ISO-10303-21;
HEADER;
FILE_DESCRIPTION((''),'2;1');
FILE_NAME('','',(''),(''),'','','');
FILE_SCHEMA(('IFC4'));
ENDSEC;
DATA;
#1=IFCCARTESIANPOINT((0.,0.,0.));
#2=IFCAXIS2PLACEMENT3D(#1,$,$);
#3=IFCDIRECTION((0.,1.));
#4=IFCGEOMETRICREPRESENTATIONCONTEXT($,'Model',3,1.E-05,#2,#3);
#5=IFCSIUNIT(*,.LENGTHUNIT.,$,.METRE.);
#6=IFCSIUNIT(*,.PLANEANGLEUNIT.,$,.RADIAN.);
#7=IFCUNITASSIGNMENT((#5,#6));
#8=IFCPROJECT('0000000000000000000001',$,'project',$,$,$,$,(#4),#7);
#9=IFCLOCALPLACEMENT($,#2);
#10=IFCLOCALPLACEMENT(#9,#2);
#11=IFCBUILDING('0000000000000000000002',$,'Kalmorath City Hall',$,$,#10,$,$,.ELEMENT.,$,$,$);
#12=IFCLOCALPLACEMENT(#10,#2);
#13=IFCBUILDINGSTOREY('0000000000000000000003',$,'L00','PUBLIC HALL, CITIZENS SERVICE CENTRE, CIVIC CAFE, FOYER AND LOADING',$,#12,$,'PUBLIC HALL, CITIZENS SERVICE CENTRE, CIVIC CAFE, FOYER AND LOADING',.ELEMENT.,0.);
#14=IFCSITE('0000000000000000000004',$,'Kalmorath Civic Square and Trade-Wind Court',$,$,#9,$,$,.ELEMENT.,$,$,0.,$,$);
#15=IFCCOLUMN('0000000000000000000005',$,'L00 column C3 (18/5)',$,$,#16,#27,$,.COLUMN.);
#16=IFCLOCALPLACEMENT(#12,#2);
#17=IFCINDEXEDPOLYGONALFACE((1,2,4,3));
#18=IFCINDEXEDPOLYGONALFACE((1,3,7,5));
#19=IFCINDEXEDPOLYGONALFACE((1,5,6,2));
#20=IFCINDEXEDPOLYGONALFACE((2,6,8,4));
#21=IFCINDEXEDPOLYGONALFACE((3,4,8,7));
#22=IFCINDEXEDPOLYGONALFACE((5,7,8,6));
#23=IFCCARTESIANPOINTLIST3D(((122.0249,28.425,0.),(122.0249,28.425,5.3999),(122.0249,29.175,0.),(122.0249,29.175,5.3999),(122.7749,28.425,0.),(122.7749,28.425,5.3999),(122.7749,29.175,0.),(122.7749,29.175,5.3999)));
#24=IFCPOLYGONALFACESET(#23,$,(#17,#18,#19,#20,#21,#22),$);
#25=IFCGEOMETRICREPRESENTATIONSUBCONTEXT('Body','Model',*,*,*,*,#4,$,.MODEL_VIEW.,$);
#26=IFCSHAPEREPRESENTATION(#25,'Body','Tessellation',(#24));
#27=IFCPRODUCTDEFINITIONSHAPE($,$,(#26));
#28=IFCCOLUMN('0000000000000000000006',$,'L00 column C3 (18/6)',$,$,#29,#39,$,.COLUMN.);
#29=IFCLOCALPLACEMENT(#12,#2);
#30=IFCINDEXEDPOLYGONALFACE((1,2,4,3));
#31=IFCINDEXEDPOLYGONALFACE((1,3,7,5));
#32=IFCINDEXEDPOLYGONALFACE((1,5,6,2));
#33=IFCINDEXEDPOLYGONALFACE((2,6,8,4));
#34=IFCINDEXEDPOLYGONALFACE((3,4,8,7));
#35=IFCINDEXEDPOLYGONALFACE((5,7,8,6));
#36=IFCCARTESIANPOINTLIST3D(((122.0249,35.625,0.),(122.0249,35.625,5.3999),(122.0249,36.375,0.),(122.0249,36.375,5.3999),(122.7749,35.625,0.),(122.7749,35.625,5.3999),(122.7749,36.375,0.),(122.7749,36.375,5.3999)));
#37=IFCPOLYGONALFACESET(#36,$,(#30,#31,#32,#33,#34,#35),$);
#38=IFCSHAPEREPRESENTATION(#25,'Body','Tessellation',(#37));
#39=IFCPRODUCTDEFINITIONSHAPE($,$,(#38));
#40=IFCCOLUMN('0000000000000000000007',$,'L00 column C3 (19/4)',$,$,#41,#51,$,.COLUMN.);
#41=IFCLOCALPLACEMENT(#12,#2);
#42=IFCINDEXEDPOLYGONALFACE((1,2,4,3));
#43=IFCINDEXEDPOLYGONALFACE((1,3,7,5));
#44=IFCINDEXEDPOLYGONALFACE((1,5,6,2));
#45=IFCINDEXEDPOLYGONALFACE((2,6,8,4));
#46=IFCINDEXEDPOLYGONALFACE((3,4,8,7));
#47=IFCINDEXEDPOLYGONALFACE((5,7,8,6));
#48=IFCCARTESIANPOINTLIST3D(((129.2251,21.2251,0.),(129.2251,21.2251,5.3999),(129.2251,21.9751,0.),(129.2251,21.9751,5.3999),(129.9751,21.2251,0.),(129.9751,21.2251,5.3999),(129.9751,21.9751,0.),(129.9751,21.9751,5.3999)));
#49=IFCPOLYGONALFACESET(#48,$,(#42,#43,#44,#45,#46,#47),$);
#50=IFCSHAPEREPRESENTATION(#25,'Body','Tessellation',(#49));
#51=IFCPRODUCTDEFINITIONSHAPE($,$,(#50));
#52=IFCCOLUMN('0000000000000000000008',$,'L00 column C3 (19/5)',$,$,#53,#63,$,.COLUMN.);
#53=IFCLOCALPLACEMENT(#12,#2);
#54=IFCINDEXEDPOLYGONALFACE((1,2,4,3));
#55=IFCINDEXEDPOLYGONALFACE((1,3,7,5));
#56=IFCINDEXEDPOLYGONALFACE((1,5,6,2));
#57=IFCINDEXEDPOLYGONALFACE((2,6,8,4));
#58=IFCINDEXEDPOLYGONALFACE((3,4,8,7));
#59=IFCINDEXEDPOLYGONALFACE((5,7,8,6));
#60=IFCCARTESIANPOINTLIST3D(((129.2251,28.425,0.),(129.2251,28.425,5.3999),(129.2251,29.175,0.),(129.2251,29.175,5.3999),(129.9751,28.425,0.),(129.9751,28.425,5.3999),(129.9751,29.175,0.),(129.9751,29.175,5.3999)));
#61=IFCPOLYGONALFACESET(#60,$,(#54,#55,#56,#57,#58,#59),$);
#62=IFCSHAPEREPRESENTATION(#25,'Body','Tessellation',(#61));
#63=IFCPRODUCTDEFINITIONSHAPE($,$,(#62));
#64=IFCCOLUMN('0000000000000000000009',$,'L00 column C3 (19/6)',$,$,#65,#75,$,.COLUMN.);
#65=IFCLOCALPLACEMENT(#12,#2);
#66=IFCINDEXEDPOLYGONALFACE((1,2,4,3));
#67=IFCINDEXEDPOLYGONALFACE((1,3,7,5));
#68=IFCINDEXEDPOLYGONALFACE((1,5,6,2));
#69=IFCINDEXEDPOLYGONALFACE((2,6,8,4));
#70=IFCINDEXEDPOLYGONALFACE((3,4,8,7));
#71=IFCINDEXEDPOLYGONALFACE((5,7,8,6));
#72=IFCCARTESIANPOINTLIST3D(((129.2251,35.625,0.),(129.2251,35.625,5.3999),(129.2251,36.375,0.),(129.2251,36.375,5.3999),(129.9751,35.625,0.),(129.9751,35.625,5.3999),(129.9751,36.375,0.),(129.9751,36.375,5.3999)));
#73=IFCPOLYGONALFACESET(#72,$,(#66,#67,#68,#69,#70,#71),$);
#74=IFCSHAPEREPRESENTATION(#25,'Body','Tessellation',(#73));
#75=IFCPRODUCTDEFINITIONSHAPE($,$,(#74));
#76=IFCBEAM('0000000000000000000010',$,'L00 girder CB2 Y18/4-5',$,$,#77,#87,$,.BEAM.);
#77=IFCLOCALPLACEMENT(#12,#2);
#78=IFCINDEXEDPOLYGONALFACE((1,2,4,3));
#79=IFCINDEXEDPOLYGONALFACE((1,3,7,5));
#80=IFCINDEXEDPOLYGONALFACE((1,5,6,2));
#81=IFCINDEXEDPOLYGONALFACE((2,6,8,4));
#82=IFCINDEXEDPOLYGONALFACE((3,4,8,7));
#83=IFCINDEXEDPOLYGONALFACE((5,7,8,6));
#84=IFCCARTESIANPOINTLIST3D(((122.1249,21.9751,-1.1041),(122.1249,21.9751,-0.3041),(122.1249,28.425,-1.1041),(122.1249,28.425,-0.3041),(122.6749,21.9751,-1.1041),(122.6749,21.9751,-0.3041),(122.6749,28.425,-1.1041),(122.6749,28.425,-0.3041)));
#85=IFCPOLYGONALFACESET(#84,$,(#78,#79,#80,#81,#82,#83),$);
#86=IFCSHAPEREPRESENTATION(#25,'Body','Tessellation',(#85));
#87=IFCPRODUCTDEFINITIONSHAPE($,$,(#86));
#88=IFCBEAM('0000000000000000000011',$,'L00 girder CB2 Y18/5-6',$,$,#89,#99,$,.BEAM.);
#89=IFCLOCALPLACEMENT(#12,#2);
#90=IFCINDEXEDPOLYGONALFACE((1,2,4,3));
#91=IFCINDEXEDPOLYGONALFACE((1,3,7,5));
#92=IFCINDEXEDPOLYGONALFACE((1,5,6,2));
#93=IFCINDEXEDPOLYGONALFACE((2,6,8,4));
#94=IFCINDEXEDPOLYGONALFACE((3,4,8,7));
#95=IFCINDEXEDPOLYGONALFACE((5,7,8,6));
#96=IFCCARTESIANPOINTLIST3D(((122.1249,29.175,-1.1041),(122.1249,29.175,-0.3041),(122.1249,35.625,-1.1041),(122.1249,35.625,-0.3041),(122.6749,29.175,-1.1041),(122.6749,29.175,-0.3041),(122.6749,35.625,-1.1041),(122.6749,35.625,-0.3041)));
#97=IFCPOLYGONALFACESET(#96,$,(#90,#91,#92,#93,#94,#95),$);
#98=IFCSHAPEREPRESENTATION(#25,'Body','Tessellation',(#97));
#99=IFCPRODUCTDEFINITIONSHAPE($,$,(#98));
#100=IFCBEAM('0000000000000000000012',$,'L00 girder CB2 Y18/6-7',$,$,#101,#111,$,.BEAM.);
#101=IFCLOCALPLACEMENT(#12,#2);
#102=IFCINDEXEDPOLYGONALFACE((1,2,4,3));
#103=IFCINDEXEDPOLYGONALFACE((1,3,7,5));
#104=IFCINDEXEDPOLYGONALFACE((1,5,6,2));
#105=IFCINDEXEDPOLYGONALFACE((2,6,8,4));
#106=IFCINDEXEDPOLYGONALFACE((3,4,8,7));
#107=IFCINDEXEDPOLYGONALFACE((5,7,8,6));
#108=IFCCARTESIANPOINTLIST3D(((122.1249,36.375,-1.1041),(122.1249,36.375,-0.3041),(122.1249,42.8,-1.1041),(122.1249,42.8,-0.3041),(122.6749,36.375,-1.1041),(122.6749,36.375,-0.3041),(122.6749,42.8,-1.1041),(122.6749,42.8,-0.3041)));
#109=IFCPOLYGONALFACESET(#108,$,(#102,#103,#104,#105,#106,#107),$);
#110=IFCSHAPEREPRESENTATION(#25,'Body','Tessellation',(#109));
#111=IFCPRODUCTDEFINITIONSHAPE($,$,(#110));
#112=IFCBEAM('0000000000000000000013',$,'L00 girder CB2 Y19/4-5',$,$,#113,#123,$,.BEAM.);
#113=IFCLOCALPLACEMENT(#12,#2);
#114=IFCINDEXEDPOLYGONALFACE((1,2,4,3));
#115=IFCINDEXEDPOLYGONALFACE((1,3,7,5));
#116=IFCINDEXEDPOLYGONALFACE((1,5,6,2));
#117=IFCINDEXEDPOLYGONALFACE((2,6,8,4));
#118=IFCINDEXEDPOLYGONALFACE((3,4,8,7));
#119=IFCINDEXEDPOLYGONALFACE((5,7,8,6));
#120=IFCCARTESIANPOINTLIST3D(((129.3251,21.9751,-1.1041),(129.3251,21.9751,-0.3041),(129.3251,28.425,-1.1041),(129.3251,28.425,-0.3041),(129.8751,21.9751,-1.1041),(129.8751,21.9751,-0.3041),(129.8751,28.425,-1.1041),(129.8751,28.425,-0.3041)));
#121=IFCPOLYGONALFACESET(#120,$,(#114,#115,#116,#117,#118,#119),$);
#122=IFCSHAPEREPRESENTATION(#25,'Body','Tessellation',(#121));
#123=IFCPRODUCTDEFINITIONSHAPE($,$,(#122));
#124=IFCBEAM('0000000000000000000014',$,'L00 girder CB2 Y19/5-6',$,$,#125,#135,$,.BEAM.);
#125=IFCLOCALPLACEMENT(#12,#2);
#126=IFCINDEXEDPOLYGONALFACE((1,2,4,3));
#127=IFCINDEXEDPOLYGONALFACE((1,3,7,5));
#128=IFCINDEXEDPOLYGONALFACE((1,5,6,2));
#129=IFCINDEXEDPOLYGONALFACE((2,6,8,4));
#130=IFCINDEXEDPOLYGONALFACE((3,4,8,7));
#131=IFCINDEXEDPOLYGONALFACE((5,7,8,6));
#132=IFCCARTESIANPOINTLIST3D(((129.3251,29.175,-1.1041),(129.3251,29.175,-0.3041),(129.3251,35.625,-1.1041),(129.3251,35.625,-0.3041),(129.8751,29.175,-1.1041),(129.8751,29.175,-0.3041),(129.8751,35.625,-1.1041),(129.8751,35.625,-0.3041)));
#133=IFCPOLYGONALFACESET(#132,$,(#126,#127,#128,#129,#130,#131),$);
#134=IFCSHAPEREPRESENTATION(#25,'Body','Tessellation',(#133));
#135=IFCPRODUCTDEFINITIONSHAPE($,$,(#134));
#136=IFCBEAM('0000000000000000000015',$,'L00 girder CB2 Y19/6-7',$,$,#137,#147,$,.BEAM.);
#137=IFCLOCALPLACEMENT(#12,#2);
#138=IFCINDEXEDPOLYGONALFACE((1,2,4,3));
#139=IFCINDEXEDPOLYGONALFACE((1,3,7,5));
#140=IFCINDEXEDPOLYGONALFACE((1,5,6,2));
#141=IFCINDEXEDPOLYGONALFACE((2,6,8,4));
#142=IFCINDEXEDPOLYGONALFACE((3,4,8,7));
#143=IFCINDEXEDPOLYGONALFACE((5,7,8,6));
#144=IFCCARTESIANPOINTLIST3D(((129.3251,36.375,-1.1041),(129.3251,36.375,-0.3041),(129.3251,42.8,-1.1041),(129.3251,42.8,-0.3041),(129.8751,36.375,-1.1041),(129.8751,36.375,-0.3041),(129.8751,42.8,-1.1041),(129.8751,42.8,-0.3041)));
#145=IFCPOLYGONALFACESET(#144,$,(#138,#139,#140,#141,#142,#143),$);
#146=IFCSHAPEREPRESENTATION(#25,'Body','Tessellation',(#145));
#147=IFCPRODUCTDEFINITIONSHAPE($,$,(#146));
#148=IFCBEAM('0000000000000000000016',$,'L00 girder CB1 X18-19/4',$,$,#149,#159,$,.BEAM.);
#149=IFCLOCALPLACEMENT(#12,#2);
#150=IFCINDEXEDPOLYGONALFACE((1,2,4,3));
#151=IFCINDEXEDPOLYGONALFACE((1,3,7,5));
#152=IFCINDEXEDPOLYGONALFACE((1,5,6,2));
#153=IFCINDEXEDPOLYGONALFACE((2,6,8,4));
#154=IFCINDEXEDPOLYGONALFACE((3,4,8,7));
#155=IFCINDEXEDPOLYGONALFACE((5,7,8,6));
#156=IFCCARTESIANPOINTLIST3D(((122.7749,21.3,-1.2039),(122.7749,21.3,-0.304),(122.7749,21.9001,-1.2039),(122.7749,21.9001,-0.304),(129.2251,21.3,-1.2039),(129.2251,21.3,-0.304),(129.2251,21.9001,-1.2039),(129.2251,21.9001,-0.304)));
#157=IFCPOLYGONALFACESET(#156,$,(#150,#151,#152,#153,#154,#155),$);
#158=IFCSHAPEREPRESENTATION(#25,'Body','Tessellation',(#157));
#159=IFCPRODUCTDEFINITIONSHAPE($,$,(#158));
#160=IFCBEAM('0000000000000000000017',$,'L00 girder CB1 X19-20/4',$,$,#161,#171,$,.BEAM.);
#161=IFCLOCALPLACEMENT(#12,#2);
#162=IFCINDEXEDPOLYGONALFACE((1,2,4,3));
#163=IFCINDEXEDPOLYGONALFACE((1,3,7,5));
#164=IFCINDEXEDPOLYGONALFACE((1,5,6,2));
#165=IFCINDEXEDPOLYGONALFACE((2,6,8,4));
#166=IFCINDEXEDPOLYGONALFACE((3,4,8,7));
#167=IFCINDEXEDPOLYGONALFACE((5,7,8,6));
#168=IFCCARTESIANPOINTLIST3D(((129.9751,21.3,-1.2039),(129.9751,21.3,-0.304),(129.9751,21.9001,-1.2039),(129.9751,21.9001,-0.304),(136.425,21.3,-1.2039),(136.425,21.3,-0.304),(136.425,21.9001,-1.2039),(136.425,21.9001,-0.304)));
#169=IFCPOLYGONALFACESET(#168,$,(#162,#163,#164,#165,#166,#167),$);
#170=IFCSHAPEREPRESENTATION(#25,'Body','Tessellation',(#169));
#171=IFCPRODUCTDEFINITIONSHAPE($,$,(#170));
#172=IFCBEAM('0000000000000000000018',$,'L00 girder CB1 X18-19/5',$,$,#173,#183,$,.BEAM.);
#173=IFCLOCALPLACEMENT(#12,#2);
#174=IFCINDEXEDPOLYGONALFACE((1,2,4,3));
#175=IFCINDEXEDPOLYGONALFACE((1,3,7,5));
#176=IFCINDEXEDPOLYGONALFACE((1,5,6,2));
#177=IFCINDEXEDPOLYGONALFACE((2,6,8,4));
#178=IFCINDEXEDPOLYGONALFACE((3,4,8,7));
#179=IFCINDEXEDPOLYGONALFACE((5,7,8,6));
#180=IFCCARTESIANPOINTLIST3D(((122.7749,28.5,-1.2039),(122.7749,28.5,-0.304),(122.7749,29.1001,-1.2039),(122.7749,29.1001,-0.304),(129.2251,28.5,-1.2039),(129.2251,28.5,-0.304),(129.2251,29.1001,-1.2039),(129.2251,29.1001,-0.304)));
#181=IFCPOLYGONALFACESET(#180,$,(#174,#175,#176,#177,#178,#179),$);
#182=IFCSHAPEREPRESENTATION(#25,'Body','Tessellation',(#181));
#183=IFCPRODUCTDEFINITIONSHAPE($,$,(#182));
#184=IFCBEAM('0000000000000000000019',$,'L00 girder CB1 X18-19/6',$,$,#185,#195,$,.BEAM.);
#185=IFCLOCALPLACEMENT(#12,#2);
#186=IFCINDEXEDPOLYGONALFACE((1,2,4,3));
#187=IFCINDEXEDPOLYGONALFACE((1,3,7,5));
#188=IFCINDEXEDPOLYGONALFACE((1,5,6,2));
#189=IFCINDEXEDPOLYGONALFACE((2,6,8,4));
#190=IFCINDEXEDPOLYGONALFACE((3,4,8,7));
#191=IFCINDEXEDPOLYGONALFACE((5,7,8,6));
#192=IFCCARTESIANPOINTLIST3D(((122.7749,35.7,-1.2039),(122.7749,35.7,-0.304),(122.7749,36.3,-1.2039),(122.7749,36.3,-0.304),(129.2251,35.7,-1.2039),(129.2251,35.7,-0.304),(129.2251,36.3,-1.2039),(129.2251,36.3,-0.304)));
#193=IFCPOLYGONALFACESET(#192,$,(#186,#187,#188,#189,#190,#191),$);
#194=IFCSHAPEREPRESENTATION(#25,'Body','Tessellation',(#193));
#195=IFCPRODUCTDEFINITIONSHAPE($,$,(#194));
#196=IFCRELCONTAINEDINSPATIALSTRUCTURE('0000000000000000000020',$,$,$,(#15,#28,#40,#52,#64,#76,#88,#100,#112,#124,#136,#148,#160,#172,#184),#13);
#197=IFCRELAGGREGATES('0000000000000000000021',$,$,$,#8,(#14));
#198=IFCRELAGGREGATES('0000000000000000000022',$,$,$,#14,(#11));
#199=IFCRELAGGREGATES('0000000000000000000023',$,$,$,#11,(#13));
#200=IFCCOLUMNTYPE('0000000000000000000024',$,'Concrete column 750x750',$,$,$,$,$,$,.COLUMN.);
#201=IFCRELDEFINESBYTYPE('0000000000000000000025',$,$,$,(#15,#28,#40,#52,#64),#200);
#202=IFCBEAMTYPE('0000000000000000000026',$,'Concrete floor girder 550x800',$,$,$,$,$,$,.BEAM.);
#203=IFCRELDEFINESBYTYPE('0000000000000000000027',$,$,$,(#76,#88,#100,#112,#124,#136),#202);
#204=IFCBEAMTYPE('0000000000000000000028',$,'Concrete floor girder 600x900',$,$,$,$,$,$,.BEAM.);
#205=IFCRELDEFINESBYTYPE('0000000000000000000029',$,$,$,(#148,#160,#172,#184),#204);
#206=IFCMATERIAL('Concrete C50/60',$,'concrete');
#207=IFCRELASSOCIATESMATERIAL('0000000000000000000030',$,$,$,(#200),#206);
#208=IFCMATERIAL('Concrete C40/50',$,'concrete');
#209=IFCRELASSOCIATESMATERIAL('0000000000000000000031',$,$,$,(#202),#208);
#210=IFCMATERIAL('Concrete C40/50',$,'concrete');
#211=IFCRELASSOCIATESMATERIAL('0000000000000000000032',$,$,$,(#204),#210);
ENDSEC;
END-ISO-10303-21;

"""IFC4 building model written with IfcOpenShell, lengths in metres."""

from ifc_helpers import new_model, si_unit, direction, frame, origin, origin_2d, place, context, subcontext, project, spatial, rectangle, extrude, material, material_profile, profile_set, type_object, element, save


model = new_model("IFC4")

# Units and contexts
model_context = context("Model", 3, precision=1e-05, world=origin(), true_north=direction((0.0, 1.0)))
body_context = subcontext(model_context, "Body", "Model", "MODEL_VIEW")
ifc_project = project(units=[si_unit("LENGTHUNIT", "METRE"), si_unit("PLANEANGLEUNIT", "RADIAN")], contexts=[model_context])

# Site, building, storey
site_placement = place(None, origin())
site = spatial("IfcSite", under=ifc_project, at=site_placement, Name="Kalmorath Civic Square and Trade-Wind Court", CompositionType="ELEMENT", RefElevation=0.0)
building_placement = place(site_placement, origin())
building = spatial("IfcBuilding", under=site, at=building_placement, Name="Kalmorath City Hall", CompositionType="ELEMENT")
storey_placement = place(building_placement, origin())
storey = spatial("IfcBuildingStorey", under=building, at=storey_placement, Name="L00", Description="PUBLIC HALL, CITIZENS SERVICE CENTRE, CIVIC CAFE, FOYER AND LOADING", LongName="PUBLIC HALL, CITIZENS SERVICE CENTRE, CIVIC CAFE, FOYER AND LOADING", CompositionType="ELEMENT", Elevation=0.0)

# Columns
ifc_material_1 = material(Name="Concrete C50/60", Category="concrete")
ifc_material_profile_1 = material_profile(ifc_material_1, rectangle(XDim=0.75, YDim=0.75, at=origin_2d()), Name="RC-COL-750X750")
ifc_profile_set_1 = profile_set([ifc_material_profile_1], Name="Concrete C50/60")
column_type = type_object("IfcColumnType", Name="Concrete column 750x750", PredefinedType="COLUMN", material=ifc_profile_set_1)
for number, where, z_axis, x_axis, name in (
    (1, (122.3999, 28.8, 0.0), (0.0, 0.0, 1.0), (1.0, 0.0, 0.0), "L00 column C3 (18/5)"),
    (2, (122.3999, 36.0, 0.0), (0.0, 0.0, 1.0), (1.0, 0.0, 0.0), "L00 column C3 (18/6)"),
    (3, (129.6001, 21.6001, 0.0), (0.0, 0.0, 1.0), (1.0, 0.0, 0.0), "L00 column C3 (19/4)"),
    (4, (129.6001, 28.8, 0.0), (0.0, 0.0, 1.0), (1.0, 0.0, 0.0), "L00 column C3 (19/5)"),
    (5, (129.6001, 36.0, 0.0), (0.0, 0.0, 1.0), (1.0, 0.0, 0.0), "L00 column C3 (19/6)"),
):
    element("IfcColumn", number, at=place(storey_placement, frame(where, z_axis=z_axis, x_axis=x_axis)), inside=storey, type_object=column_type, Name=name, PredefinedType="COLUMN", context=body_context, shape_type="SweptSolid", body=[
        extrude(rectangle(XDim=0.75, YDim=0.75, at=origin_2d()), origin(), (0.0, 0.0, 1.0), 5.3999),
    ])

# Beams
ifc_material_2 = material(Name="Concrete C40/50", Category="concrete")
ifc_material_profile_2 = material_profile(ifc_material_2, rectangle(XDim=0.55, YDim=0.8, at=origin_2d()), Name="RC-BM-550X800")
ifc_profile_set_2 = profile_set([ifc_material_profile_2], Name="Concrete C40/50")
beam_type_1 = type_object("IfcBeamType", Name="Concrete floor girder 550x800", PredefinedType="BEAM", material=ifc_profile_set_2)
for number, where, z_axis, x_axis, name in (
    (6, (122.3999, 21.9751, -0.7041), (0.0, 1.0, 0.0), (-1.0, 0.0, 0.0), "L00 girder CB2 Y18/4-5"),
    (7, (122.3999, 29.175, -0.7041), (0.0, 1.0, 0.0), (-1.0, 0.0, 0.0), "L00 girder CB2 Y18/5-6"),
):
    element("IfcBeam", number, at=place(storey_placement, frame(where, z_axis=z_axis, x_axis=x_axis)), inside=storey, type_object=beam_type_1, Name=name, PredefinedType="BEAM", context=body_context, shape_type="SweptSolid", body=[
        extrude(rectangle(XDim=0.55, YDim=0.8, at=origin_2d()), origin(), (0.0, 0.0, 1.0), 6.45),
    ])
beam_1_placement = place(storey_placement, frame((122.3999, 36.375, -0.7041), z_axis=(0.0, 1.0, 0.0), x_axis=(-1.0, 0.0, 0.0)))
element("IfcBeam", 8, at=beam_1_placement, inside=storey, type_object=beam_type_1, Name="L00 girder CB2 Y18/6-7", PredefinedType="BEAM", context=body_context, shape_type="SweptSolid", body=[
    extrude(rectangle(XDim=0.55, YDim=0.8, at=origin_2d()), origin(), (0.0, 0.0, 1.0), 6.425),
])
for number, where, z_axis, x_axis, name in (
    (9, (129.6001, 21.9751, -0.7041), (0.0, 1.0, 0.0), (-1.0, 0.0, 0.0), "L00 girder CB2 Y19/4-5"),
    (10, (129.6001, 29.175, -0.7041), (0.0, 1.0, 0.0), (-1.0, 0.0, 0.0), "L00 girder CB2 Y19/5-6"),
):
    element("IfcBeam", number, at=place(storey_placement, frame(where, z_axis=z_axis, x_axis=x_axis)), inside=storey, type_object=beam_type_1, Name=name, PredefinedType="BEAM", context=body_context, shape_type="SweptSolid", body=[
        extrude(rectangle(XDim=0.55, YDim=0.8, at=origin_2d()), origin(), (0.0, 0.0, 1.0), 6.45),
    ])
beam_2_placement = place(storey_placement, frame((129.6001, 36.375, -0.7041), z_axis=(0.0, 1.0, 0.0), x_axis=(-1.0, 0.0, 0.0)))
element("IfcBeam", 11, at=beam_2_placement, inside=storey, type_object=beam_type_1, Name="L00 girder CB2 Y19/6-7", PredefinedType="BEAM", context=body_context, shape_type="SweptSolid", body=[
    extrude(rectangle(XDim=0.55, YDim=0.8, at=origin_2d()), origin(), (0.0, 0.0, 1.0), 6.425),
])
ifc_material_3 = material(Name="Concrete C40/50", Category="concrete")
ifc_material_profile_3 = material_profile(ifc_material_3, rectangle(XDim=0.6001, YDim=0.8999, at=origin_2d()), Name="RC-BM-600X900")
ifc_profile_set_3 = profile_set([ifc_material_profile_3], Name="Concrete C40/50")
beam_type_2 = type_object("IfcBeamType", Name="Concrete floor girder 600x900", PredefinedType="BEAM", material=ifc_profile_set_3)
beam_3_placement = place(storey_placement, frame((122.7749, 21.6001, -0.7539), z_axis=(1.0, 0.0, 0.0), x_axis=(0.0, 1.0, 0.0)))
element("IfcBeam", 12, at=beam_3_placement, inside=storey, type_object=beam_type_2, Name="L00 girder CB1 X18-19/4", PredefinedType="BEAM", context=body_context, shape_type="SweptSolid", body=[
    extrude(rectangle(XDim=0.6001, YDim=0.8999, at=origin_2d()), origin(), (0.0, 0.0, 1.0), 6.4502),
])
beam_4_placement = place(storey_placement, frame((129.9751, 21.6001, -0.7539), z_axis=(1.0, 0.0, 0.0), x_axis=(0.0, 1.0, 0.0)))
element("IfcBeam", 13, at=beam_4_placement, inside=storey, type_object=beam_type_2, Name="L00 girder CB1 X19-20/4", PredefinedType="BEAM", context=body_context, shape_type="SweptSolid", body=[
    extrude(rectangle(XDim=0.6001, YDim=0.8999, at=origin_2d()), origin(), (0.0, 0.0, 1.0), 6.45),
])
for number, where, z_axis, x_axis, name in (
    (14, (122.7749, 28.8, -0.7539), (1.0, 0.0, 0.0), (0.0, 1.0, 0.0), "L00 girder CB1 X18-19/5"),
    (15, (122.7749, 36.0, -0.7539), (1.0, 0.0, 0.0), (0.0, 1.0, 0.0), "L00 girder CB1 X18-19/6"),
):
    element("IfcBeam", number, at=place(storey_placement, frame(where, z_axis=z_axis, x_axis=x_axis)), inside=storey, type_object=beam_type_2, Name=name, PredefinedType="BEAM", context=body_context, shape_type="SweptSolid", body=[
        extrude(rectangle(XDim=0.6001, YDim=0.8999, at=origin_2d()), origin(), (0.0, 0.0, 1.0), 6.4502),
    ])

save(model, "model.ifc")
